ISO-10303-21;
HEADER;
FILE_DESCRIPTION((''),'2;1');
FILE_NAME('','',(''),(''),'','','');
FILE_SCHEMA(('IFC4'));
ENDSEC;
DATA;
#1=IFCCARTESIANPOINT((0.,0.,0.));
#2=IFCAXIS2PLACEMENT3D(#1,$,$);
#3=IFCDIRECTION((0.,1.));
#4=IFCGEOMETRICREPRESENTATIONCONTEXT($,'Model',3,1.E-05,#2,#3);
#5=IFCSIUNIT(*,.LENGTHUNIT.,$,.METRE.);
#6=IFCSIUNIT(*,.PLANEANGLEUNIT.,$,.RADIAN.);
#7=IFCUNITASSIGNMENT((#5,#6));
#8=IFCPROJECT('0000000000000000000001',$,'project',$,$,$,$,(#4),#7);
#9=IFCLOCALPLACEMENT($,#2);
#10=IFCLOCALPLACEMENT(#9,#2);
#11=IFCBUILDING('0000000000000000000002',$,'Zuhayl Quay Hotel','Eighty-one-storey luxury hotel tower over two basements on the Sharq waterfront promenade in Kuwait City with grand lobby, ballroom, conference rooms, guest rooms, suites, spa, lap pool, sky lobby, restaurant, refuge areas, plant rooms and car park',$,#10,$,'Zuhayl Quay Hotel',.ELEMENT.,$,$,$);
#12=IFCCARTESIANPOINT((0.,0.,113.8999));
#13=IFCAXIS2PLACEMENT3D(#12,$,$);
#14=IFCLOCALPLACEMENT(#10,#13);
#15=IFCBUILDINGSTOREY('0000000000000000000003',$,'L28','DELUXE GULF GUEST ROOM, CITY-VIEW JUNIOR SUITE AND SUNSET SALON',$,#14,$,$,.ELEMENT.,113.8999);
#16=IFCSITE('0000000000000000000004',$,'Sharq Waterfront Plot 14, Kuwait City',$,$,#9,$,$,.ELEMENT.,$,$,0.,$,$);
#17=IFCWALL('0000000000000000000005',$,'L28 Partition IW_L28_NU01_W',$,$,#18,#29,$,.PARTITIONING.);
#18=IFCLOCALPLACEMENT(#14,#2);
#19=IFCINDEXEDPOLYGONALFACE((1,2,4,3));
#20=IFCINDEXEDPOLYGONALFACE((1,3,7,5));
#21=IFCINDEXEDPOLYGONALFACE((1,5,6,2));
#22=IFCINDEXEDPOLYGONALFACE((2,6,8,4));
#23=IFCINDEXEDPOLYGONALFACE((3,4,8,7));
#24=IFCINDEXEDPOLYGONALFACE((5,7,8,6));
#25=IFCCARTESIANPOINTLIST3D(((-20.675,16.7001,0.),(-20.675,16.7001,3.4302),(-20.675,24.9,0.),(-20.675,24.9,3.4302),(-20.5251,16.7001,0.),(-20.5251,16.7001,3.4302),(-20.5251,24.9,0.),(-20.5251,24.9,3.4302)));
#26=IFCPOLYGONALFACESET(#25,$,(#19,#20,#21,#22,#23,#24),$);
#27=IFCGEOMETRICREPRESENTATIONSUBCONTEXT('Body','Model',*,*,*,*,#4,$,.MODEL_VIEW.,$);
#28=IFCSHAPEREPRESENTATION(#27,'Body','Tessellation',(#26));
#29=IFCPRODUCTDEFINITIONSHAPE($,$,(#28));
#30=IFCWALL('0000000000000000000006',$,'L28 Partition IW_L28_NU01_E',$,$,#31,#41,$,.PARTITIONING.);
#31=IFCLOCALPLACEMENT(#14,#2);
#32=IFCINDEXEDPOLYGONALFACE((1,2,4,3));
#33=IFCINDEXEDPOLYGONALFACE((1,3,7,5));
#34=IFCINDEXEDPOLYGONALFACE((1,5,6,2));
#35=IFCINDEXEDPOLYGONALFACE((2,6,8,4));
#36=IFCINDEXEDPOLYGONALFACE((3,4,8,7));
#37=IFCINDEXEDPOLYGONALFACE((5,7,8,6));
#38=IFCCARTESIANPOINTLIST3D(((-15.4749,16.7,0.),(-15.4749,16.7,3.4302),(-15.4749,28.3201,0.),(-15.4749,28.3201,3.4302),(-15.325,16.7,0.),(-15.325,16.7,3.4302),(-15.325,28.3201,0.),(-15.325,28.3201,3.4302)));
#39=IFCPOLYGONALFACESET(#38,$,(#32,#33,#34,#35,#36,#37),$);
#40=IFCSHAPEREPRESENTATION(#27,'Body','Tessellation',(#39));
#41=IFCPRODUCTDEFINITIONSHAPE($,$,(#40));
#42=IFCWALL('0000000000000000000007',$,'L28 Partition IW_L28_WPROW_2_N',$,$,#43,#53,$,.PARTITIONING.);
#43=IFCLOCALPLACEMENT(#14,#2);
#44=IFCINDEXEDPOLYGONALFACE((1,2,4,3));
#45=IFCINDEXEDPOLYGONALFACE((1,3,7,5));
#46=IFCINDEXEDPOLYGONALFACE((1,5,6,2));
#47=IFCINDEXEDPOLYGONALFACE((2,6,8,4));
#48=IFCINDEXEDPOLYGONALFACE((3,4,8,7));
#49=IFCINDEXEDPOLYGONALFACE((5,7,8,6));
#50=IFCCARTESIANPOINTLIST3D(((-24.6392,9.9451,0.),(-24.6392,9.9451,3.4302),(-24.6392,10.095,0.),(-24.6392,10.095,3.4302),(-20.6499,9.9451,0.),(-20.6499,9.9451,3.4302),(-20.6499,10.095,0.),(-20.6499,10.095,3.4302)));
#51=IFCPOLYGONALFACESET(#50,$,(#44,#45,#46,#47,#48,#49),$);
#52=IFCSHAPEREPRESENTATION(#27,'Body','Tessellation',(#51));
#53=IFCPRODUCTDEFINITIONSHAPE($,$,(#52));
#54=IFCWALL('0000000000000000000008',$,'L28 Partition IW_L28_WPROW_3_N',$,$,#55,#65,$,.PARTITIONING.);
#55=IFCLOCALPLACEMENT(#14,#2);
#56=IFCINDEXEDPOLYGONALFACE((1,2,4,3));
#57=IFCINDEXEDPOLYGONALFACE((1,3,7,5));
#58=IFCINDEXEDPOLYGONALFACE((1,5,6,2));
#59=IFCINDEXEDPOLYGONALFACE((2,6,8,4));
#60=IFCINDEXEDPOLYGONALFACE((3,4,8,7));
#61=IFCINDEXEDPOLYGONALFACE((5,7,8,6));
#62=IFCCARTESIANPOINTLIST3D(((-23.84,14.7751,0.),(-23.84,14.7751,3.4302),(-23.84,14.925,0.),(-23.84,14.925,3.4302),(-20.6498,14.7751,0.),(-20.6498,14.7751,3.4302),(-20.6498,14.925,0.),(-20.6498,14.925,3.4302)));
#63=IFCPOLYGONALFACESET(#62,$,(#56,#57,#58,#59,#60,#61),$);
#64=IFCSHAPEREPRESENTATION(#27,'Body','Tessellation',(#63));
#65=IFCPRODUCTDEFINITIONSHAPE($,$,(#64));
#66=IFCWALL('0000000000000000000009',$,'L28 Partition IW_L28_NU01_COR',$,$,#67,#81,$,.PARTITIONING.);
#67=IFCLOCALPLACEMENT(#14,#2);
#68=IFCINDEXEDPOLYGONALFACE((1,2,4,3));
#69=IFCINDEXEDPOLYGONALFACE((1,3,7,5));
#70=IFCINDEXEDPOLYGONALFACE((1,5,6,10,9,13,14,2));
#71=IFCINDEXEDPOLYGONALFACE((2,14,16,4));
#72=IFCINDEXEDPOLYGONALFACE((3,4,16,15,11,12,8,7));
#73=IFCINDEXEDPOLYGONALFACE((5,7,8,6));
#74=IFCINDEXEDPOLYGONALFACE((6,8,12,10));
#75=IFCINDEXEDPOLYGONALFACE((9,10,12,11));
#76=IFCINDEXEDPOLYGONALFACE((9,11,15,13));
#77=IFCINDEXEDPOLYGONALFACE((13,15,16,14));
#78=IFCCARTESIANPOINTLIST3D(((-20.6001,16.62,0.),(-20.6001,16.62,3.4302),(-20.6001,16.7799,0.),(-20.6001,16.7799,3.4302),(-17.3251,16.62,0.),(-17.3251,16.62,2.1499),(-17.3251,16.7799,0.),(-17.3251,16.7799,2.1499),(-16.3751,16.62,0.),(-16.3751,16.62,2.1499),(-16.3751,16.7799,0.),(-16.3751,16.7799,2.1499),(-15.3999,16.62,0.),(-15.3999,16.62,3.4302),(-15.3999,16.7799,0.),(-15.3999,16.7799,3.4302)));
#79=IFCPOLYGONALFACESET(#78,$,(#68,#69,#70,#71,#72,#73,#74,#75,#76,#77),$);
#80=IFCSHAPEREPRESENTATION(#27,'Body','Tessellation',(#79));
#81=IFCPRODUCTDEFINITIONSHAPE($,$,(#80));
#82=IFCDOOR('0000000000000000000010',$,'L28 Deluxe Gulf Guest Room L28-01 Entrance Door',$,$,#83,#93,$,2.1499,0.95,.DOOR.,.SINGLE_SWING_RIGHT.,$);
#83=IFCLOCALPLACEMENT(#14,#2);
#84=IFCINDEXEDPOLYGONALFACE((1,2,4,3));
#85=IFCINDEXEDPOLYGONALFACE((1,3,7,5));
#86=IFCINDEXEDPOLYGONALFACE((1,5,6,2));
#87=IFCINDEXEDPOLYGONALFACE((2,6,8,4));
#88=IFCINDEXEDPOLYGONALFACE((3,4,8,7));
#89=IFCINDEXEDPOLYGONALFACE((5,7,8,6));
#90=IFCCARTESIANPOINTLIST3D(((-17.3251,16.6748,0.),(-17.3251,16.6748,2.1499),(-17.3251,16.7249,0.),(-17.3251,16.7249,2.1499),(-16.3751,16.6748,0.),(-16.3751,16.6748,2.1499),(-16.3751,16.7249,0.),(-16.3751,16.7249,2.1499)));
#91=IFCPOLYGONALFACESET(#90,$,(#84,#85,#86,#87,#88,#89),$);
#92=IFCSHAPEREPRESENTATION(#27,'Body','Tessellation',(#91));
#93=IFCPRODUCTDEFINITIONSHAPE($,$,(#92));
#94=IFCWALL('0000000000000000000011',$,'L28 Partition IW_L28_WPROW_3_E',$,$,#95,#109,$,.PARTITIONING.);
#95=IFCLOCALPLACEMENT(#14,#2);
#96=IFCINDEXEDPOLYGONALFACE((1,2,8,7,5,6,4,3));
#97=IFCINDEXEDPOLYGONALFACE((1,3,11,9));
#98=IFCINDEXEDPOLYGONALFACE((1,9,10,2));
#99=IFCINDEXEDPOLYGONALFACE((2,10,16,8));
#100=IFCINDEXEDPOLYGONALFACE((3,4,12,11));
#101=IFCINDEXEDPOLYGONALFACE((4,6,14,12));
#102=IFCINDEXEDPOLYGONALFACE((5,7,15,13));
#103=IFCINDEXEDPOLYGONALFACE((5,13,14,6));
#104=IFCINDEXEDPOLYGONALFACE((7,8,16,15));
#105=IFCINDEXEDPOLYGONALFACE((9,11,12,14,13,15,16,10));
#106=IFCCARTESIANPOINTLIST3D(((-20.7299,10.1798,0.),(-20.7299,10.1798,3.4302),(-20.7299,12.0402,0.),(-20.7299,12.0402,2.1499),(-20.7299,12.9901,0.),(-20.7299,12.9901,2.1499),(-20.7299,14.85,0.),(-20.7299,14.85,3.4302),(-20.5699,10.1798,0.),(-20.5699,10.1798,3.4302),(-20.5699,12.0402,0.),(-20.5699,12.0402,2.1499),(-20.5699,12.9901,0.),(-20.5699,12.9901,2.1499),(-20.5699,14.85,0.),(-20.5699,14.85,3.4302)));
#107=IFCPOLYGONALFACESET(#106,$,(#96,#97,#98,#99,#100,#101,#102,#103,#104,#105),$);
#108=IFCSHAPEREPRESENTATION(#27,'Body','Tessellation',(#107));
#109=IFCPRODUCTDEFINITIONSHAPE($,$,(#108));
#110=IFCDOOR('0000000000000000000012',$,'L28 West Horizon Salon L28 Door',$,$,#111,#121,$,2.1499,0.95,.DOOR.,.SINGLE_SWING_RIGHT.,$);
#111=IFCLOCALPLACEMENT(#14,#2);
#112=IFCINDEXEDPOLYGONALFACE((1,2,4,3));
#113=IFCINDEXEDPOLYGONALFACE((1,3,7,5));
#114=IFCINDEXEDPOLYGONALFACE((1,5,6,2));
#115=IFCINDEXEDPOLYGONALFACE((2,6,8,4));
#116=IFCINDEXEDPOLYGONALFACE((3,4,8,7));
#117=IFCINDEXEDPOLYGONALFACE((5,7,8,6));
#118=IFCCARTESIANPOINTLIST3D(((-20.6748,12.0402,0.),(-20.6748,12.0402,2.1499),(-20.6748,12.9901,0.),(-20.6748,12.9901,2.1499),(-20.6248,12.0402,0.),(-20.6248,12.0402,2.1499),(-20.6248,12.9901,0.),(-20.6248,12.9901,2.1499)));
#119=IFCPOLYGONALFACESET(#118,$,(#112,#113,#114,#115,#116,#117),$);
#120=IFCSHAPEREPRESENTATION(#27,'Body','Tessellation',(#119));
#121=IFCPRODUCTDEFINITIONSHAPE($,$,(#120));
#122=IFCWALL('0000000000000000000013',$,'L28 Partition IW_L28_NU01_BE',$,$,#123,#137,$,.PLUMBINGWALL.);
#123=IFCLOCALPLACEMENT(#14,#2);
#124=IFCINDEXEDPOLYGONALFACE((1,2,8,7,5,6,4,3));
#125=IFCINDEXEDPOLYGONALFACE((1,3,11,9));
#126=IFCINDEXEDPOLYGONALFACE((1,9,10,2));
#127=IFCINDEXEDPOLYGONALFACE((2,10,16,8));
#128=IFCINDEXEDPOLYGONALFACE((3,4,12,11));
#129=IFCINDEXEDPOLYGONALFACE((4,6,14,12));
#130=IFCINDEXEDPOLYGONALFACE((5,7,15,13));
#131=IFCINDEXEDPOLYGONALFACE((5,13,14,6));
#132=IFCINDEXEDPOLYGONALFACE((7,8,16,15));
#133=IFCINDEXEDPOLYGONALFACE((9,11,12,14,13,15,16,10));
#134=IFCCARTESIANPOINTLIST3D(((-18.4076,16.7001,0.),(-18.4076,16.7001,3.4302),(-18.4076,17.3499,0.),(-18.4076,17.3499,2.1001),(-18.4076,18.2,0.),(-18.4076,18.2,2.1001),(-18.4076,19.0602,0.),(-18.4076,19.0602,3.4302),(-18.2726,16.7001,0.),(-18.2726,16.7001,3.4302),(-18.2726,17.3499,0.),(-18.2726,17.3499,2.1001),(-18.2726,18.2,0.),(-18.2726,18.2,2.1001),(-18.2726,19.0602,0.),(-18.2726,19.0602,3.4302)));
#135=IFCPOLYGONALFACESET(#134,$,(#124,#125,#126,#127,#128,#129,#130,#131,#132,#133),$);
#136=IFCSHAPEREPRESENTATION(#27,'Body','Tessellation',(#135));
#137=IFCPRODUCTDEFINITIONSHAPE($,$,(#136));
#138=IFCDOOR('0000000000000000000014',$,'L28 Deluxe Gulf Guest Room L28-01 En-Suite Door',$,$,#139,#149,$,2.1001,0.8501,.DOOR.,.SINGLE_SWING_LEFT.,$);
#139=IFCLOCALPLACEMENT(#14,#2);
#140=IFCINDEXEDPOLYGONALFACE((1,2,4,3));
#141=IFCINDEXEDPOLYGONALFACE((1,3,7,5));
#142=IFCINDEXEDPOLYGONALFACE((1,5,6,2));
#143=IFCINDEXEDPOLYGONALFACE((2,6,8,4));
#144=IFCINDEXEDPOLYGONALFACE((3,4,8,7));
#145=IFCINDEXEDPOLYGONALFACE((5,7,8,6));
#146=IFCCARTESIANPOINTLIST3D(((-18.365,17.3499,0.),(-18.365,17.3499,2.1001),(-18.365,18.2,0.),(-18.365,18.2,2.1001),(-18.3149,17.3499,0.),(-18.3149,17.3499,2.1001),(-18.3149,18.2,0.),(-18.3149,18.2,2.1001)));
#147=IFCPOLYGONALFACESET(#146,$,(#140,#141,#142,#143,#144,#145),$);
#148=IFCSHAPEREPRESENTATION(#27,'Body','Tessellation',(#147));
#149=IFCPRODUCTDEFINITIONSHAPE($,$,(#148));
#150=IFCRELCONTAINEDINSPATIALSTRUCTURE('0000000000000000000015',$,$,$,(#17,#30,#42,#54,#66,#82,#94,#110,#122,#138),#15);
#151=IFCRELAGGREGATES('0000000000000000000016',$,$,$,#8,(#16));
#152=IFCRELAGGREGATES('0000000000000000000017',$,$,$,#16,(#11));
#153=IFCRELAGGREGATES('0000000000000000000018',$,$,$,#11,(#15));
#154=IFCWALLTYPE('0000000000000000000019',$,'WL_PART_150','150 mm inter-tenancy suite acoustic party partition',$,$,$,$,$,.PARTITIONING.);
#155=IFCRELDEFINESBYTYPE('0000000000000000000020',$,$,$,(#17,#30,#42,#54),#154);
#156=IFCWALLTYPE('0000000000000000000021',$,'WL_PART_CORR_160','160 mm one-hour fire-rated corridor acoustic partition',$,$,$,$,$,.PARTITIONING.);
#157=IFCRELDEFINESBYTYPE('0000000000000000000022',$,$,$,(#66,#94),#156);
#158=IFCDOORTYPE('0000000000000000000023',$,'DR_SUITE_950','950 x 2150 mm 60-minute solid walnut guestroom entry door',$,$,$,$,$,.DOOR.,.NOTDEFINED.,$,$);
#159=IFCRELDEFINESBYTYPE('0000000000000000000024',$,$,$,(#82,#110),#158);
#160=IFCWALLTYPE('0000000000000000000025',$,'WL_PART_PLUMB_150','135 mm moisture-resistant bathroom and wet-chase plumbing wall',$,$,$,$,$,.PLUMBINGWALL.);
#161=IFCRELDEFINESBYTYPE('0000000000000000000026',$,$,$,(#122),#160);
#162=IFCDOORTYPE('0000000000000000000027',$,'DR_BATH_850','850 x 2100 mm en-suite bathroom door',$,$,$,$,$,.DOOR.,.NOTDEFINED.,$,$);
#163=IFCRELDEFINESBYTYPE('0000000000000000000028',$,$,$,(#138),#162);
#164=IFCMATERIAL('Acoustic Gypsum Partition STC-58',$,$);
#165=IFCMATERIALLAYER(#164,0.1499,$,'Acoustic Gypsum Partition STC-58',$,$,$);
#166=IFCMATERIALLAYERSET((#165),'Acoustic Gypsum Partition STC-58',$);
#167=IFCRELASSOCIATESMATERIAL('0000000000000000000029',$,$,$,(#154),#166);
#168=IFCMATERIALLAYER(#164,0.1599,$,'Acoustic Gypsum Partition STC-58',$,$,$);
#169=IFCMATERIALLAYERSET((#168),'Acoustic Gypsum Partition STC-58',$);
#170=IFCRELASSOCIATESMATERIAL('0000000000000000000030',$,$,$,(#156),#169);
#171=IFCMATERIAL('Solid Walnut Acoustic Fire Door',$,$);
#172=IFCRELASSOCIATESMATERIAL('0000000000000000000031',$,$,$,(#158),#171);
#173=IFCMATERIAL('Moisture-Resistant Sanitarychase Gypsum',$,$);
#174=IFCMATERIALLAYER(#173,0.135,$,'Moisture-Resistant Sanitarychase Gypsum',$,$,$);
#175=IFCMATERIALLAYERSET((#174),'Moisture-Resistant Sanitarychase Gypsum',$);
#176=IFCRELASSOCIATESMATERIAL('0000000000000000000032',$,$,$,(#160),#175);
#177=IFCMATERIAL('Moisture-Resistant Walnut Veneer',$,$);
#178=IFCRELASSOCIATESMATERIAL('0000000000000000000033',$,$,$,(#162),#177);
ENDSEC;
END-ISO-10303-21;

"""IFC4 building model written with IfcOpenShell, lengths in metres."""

from ifc_helpers import new_model, si_unit, direction, frame, frame_2d, origin, place, context, subcontext, project, spatial, rectangle, extrude, material, layer, layer_set, type_object, element, fill, save


model = new_model("IFC4")

# Units and contexts
model_context = context("Model", 3, precision=1e-05, world=origin(), true_north=direction((0.0, 1.0)))
body_context = subcontext(model_context, "Body", "Model", "MODEL_VIEW")
ifc_project = project(units=[si_unit("LENGTHUNIT", "METRE"), si_unit("PLANEANGLEUNIT", "RADIAN")], contexts=[model_context])

# Site, building, storey
site_placement = place(None, origin())
site = spatial("IfcSite", under=ifc_project, at=site_placement, Name="Sharq Waterfront Plot 14, Kuwait City", CompositionType="ELEMENT", RefElevation=0.0)
building_placement = place(site_placement, origin())
building = spatial("IfcBuilding", under=site, at=building_placement, Name="Zuhayl Quay Hotel", Description="Eighty-one-storey luxury hotel tower over two basements on the Sharq waterfront promenade in Kuwait City with grand lobby, ballroom, conference rooms, guest rooms, suites, spa, lap pool, sky lobby, restaurant, refuge areas, plant rooms and car park", LongName="Zuhayl Quay Hotel", CompositionType="ELEMENT")
storey_placement = place(building_placement, frame((0.0, 0.0, 113.8999)))
storey = spatial("IfcBuildingStorey", under=building, at=storey_placement, Name="L28", Description="DELUXE GULF GUEST ROOM, CITY-VIEW JUNIOR SUITE AND SUNSET SALON", CompositionType="ELEMENT", Elevation=113.8999)

# Walls
ifc_material_1 = material(Name="Acoustic Gypsum Partition STC-58")
ifc_layer_1 = layer(ifc_material_1, 0.1499, Name="Acoustic Gypsum Partition STC-58")
ifc_layer_set_1 = layer_set([ifc_layer_1], Name="Acoustic Gypsum Partition STC-58")
wall_type_1 = type_object("IfcWallType", Name="WL_PART_150", Description="150 mm inter-tenancy suite acoustic party partition", PredefinedType="PARTITIONING", material=ifc_layer_set_1)
wall_1_placement = place(storey_placement, frame((-20.6001, 16.7, 0.0), z_axis=(0.0, 0.0, 1.0), x_axis=(0.0, 1.0, 0.0)))
element("IfcWall", 1, at=wall_1_placement, inside=storey, type_object=wall_type_1, Name="L28 Partition IW_L28_NU01_W", PredefinedType="PARTITIONING", context=body_context, shape_type="SweptSolid", body=[
    extrude(rectangle(XDim=8.2, YDim=0.1499, at=frame_2d((4.1001, 0.0))), origin(), (0.0, 0.0, 1.0), 3.4302),
])
wall_2_placement = place(storey_placement, frame((-15.3999, 16.7, 0.0), z_axis=(0.0, 0.0, 1.0), x_axis=(0.0, 1.0, 0.0)))
element("IfcWall", 2, at=wall_2_placement, inside=storey, type_object=wall_type_1, Name="L28 Partition IW_L28_NU01_E", PredefinedType="PARTITIONING", context=body_context, shape_type="SweptSolid", body=[
    extrude(rectangle(XDim=11.6201, YDim=0.1499, at=frame_2d((5.8101, 0.0))), origin(), (0.0, 0.0, 1.0), 3.4302),
])
wall_3_placement = place(storey_placement, frame((-24.6392, 10.02, 0.0), z_axis=(0.0, 0.0, 1.0), x_axis=(1.0, 0.0, 0.0)))
element("IfcWall", 3, at=wall_3_placement, inside=storey, type_object=wall_type_1, Name="L28 Partition IW_L28_WPROW_2_N", PredefinedType="PARTITIONING", context=body_context, shape_type="SweptSolid", body=[
    extrude(rectangle(XDim=3.9893, YDim=0.1499, at=frame_2d((1.9946, 0.0))), origin(), (0.0, 0.0, 1.0), 3.4302),
])
wall_4_placement = place(storey_placement, frame((-23.8401, 14.8501, 0.0), z_axis=(0.0, 0.0, 1.0), x_axis=(1.0, 0.0, 0.0)))
element("IfcWall", 4, at=wall_4_placement, inside=storey, type_object=wall_type_1, Name="L28 Partition IW_L28_WPROW_3_N", PredefinedType="PARTITIONING", context=body_context, shape_type="SweptSolid", body=[
    extrude(rectangle(XDim=3.1902, YDim=0.1499, at=frame_2d((1.5952, 0.0))), origin(), (0.0, 0.0, 1.0), 3.4302),
])

# Walls, openings, doors
ifc_layer_2 = layer(ifc_material_1, 0.1599, Name="Acoustic Gypsum Partition STC-58")
ifc_layer_set_2 = layer_set([ifc_layer_2], Name="Acoustic Gypsum Partition STC-58")
wall_type_2 = type_object("IfcWallType", Name="WL_PART_CORR_160", Description="160 mm one-hour fire-rated corridor acoustic partition", PredefinedType="PARTITIONING", material=ifc_layer_set_2)
wall_5_placement = place(storey_placement, frame((-20.6001, 16.7, 0.0), z_axis=(0.0, 0.0, 1.0), x_axis=(1.0, 0.0, 0.0)))
wall_5 = element("IfcWall", 5, at=wall_5_placement, inside=storey, type_object=wall_type_2, Name="L28 Partition IW_L28_NU01_COR", PredefinedType="PARTITIONING", context=body_context, shape_type="SweptSolid", body=[
    extrude(rectangle(XDim=5.2002, YDim=0.1599, at=frame_2d((2.6001, 0.0))), origin(), (0.0, 0.0, 1.0), 3.4302),
])
opening_1_placement = place(wall_5_placement, frame((3.2749, 0.0, 0.0)))
opening_1 = element("IfcOpeningElement", 6, at=opening_1_placement, cuts=wall_5, PredefinedType="OPENING", context=body_context, shape_type="SweptSolid", body=[
    extrude(rectangle(XDim=0.95, YDim=2.1499, at=frame_2d((0.4751, 1.075))), frame((0.0, 0.0898, 0.0), z_axis=(0.0, -1.0, 0.0), x_axis=(1.0, 0.0, 0.0)), (0.0, 0.0, 1.0), 0.1799),
])
ifc_material_2 = material(Name="Solid Walnut Acoustic Fire Door")
door_type_1 = type_object("IfcDoorType", Name="DR_SUITE_950", Description="950 x 2150 mm 60-minute solid walnut guestroom entry door", OperationType="NOTDEFINED", PredefinedType="DOOR", material=ifc_material_2)
door_1_placement = place(opening_1_placement, origin())
door_1 = element("IfcDoor", 7, at=door_1_placement, inside=storey, type_object=door_type_1, Name="L28 Deluxe Gulf Guest Room L28-01 Entrance Door", OperationType="SINGLE_SWING_RIGHT", OverallHeight=2.1499, OverallWidth=0.95, PredefinedType="DOOR", context=body_context, shape_type="SweptSolid", body=[
    extrude(rectangle(XDim=0.95, YDim=2.1499, at=frame_2d((0.4751, 1.075))), frame((0.0, 0.0249, 0.0), z_axis=(0.0, -1.0, 0.0), x_axis=(1.0, 0.0, 0.0)), (0.0, 0.0, 1.0), 0.05),
])
fill(opening_1, door_1)
wall_6_placement = place(storey_placement, frame((-20.6499, 10.1799, 0.0), z_axis=(0.0, 0.0, 1.0), x_axis=(0.0, 1.0, 0.0)))
wall_6 = element("IfcWall", 8, at=wall_6_placement, inside=storey, type_object=wall_type_2, Name="L28 Partition IW_L28_WPROW_3_E", PredefinedType="PARTITIONING", context=body_context, shape_type="SweptSolid", body=[
    extrude(rectangle(XDim=4.6702, YDim=0.1599, at=frame_2d((2.335, 0.0))), origin(), (0.0, 0.0, 1.0), 3.4302),
])
opening_2_placement = place(wall_6_placement, frame((1.8601, 0.0, 0.0)))
opening_2 = element("IfcOpeningElement", 9, at=opening_2_placement, cuts=wall_6, PredefinedType="OPENING", context=body_context, shape_type="SweptSolid", body=[
    extrude(rectangle(XDim=0.95, YDim=2.1499, at=frame_2d((0.4751, 1.075))), frame((0.0, 0.0898, 0.0), z_axis=(0.0, -1.0, 0.0), x_axis=(1.0, 0.0, 0.0)), (0.0, 0.0, 1.0), 0.1799),
])
door_2_placement = place(opening_2_placement, origin())
door_2 = element("IfcDoor", 10, at=door_2_placement, inside=storey, type_object=door_type_1, Name="L28 West Horizon Salon L28 Door", OperationType="SINGLE_SWING_RIGHT", OverallHeight=2.1499, OverallWidth=0.95, PredefinedType="DOOR", context=body_context, shape_type="SweptSolid", body=[
    extrude(rectangle(XDim=0.95, YDim=2.1499, at=frame_2d((0.4751, 1.075))), frame((0.0, 0.0249, 0.0), z_axis=(0.0, -1.0, 0.0), x_axis=(1.0, 0.0, 0.0)), (0.0, 0.0, 1.0), 0.05),
])
fill(opening_2, door_2)
ifc_material_3 = material(Name="Moisture-Resistant Sanitarychase Gypsum")
ifc_layer_3 = layer(ifc_material_3, 0.135, Name="Moisture-Resistant Sanitarychase Gypsum")
ifc_layer_set_3 = layer_set([ifc_layer_3], Name="Moisture-Resistant Sanitarychase Gypsum")
wall_type_3 = type_object("IfcWallType", Name="WL_PART_PLUMB_150", Description="135 mm moisture-resistant bathroom and wet-chase plumbing wall", PredefinedType="PLUMBINGWALL", material=ifc_layer_set_3)
wall_7_placement = place(storey_placement, frame((-18.3401, 16.7, 0.0), z_axis=(0.0, 0.0, 1.0), x_axis=(0.0, 1.0, 0.0)))
wall_7 = element("IfcWall", 11, at=wall_7_placement, inside=storey, type_object=wall_type_3, Name="L28 Partition IW_L28_NU01_BE", PredefinedType="PLUMBINGWALL", context=body_context, shape_type="SweptSolid", body=[
    extrude(rectangle(XDim=2.3601, YDim=0.135, at=frame_2d((1.1802, 0.0))), origin(), (0.0, 0.0, 1.0), 3.4302),
])
opening_3_placement = place(wall_7_placement, frame((0.6499, 0.0, 0.0)))
opening_3 = element("IfcOpeningElement", 12, at=opening_3_placement, cuts=wall_7, PredefinedType="OPENING", context=body_context, shape_type="SweptSolid", body=[
    extrude(rectangle(XDim=0.8501, YDim=2.1001, at=frame_2d((0.425, 1.05))), frame((0.0, 0.0774, 0.0), z_axis=(0.0, -1.0, 0.0), x_axis=(1.0, 0.0, 0.0)), (0.0, 0.0, 1.0), 0.155),
])
ifc_material_4 = material(Name="Moisture-Resistant Walnut Veneer")
door_type_2 = type_object("IfcDoorType", Name="DR_BATH_850", Description="850 x 2100 mm en-suite bathroom door", OperationType="NOTDEFINED", PredefinedType="DOOR", material=ifc_material_4)
door_3_placement = place(opening_3_placement, origin())
door_3 = element("IfcDoor", 13, at=door_3_placement, inside=storey, type_object=door_type_2, Name="L28 Deluxe Gulf Guest Room L28-01 En-Suite Door", OperationType="SINGLE_SWING_LEFT", OverallHeight=2.1001, OverallWidth=0.8501, PredefinedType="DOOR", context=body_context, shape_type="SweptSolid", body=[
    extrude(rectangle(XDim=0.8501, YDim=2.1001, at=frame_2d((0.425, 1.05))), frame((0.0, 0.0249, 0.0), z_axis=(0.0, -1.0, 0.0), x_axis=(1.0, 0.0, 0.0)), (0.0, 0.0, 1.0), 0.05),
])
fill(opening_3, door_3)

save(model, "model.ifc")
